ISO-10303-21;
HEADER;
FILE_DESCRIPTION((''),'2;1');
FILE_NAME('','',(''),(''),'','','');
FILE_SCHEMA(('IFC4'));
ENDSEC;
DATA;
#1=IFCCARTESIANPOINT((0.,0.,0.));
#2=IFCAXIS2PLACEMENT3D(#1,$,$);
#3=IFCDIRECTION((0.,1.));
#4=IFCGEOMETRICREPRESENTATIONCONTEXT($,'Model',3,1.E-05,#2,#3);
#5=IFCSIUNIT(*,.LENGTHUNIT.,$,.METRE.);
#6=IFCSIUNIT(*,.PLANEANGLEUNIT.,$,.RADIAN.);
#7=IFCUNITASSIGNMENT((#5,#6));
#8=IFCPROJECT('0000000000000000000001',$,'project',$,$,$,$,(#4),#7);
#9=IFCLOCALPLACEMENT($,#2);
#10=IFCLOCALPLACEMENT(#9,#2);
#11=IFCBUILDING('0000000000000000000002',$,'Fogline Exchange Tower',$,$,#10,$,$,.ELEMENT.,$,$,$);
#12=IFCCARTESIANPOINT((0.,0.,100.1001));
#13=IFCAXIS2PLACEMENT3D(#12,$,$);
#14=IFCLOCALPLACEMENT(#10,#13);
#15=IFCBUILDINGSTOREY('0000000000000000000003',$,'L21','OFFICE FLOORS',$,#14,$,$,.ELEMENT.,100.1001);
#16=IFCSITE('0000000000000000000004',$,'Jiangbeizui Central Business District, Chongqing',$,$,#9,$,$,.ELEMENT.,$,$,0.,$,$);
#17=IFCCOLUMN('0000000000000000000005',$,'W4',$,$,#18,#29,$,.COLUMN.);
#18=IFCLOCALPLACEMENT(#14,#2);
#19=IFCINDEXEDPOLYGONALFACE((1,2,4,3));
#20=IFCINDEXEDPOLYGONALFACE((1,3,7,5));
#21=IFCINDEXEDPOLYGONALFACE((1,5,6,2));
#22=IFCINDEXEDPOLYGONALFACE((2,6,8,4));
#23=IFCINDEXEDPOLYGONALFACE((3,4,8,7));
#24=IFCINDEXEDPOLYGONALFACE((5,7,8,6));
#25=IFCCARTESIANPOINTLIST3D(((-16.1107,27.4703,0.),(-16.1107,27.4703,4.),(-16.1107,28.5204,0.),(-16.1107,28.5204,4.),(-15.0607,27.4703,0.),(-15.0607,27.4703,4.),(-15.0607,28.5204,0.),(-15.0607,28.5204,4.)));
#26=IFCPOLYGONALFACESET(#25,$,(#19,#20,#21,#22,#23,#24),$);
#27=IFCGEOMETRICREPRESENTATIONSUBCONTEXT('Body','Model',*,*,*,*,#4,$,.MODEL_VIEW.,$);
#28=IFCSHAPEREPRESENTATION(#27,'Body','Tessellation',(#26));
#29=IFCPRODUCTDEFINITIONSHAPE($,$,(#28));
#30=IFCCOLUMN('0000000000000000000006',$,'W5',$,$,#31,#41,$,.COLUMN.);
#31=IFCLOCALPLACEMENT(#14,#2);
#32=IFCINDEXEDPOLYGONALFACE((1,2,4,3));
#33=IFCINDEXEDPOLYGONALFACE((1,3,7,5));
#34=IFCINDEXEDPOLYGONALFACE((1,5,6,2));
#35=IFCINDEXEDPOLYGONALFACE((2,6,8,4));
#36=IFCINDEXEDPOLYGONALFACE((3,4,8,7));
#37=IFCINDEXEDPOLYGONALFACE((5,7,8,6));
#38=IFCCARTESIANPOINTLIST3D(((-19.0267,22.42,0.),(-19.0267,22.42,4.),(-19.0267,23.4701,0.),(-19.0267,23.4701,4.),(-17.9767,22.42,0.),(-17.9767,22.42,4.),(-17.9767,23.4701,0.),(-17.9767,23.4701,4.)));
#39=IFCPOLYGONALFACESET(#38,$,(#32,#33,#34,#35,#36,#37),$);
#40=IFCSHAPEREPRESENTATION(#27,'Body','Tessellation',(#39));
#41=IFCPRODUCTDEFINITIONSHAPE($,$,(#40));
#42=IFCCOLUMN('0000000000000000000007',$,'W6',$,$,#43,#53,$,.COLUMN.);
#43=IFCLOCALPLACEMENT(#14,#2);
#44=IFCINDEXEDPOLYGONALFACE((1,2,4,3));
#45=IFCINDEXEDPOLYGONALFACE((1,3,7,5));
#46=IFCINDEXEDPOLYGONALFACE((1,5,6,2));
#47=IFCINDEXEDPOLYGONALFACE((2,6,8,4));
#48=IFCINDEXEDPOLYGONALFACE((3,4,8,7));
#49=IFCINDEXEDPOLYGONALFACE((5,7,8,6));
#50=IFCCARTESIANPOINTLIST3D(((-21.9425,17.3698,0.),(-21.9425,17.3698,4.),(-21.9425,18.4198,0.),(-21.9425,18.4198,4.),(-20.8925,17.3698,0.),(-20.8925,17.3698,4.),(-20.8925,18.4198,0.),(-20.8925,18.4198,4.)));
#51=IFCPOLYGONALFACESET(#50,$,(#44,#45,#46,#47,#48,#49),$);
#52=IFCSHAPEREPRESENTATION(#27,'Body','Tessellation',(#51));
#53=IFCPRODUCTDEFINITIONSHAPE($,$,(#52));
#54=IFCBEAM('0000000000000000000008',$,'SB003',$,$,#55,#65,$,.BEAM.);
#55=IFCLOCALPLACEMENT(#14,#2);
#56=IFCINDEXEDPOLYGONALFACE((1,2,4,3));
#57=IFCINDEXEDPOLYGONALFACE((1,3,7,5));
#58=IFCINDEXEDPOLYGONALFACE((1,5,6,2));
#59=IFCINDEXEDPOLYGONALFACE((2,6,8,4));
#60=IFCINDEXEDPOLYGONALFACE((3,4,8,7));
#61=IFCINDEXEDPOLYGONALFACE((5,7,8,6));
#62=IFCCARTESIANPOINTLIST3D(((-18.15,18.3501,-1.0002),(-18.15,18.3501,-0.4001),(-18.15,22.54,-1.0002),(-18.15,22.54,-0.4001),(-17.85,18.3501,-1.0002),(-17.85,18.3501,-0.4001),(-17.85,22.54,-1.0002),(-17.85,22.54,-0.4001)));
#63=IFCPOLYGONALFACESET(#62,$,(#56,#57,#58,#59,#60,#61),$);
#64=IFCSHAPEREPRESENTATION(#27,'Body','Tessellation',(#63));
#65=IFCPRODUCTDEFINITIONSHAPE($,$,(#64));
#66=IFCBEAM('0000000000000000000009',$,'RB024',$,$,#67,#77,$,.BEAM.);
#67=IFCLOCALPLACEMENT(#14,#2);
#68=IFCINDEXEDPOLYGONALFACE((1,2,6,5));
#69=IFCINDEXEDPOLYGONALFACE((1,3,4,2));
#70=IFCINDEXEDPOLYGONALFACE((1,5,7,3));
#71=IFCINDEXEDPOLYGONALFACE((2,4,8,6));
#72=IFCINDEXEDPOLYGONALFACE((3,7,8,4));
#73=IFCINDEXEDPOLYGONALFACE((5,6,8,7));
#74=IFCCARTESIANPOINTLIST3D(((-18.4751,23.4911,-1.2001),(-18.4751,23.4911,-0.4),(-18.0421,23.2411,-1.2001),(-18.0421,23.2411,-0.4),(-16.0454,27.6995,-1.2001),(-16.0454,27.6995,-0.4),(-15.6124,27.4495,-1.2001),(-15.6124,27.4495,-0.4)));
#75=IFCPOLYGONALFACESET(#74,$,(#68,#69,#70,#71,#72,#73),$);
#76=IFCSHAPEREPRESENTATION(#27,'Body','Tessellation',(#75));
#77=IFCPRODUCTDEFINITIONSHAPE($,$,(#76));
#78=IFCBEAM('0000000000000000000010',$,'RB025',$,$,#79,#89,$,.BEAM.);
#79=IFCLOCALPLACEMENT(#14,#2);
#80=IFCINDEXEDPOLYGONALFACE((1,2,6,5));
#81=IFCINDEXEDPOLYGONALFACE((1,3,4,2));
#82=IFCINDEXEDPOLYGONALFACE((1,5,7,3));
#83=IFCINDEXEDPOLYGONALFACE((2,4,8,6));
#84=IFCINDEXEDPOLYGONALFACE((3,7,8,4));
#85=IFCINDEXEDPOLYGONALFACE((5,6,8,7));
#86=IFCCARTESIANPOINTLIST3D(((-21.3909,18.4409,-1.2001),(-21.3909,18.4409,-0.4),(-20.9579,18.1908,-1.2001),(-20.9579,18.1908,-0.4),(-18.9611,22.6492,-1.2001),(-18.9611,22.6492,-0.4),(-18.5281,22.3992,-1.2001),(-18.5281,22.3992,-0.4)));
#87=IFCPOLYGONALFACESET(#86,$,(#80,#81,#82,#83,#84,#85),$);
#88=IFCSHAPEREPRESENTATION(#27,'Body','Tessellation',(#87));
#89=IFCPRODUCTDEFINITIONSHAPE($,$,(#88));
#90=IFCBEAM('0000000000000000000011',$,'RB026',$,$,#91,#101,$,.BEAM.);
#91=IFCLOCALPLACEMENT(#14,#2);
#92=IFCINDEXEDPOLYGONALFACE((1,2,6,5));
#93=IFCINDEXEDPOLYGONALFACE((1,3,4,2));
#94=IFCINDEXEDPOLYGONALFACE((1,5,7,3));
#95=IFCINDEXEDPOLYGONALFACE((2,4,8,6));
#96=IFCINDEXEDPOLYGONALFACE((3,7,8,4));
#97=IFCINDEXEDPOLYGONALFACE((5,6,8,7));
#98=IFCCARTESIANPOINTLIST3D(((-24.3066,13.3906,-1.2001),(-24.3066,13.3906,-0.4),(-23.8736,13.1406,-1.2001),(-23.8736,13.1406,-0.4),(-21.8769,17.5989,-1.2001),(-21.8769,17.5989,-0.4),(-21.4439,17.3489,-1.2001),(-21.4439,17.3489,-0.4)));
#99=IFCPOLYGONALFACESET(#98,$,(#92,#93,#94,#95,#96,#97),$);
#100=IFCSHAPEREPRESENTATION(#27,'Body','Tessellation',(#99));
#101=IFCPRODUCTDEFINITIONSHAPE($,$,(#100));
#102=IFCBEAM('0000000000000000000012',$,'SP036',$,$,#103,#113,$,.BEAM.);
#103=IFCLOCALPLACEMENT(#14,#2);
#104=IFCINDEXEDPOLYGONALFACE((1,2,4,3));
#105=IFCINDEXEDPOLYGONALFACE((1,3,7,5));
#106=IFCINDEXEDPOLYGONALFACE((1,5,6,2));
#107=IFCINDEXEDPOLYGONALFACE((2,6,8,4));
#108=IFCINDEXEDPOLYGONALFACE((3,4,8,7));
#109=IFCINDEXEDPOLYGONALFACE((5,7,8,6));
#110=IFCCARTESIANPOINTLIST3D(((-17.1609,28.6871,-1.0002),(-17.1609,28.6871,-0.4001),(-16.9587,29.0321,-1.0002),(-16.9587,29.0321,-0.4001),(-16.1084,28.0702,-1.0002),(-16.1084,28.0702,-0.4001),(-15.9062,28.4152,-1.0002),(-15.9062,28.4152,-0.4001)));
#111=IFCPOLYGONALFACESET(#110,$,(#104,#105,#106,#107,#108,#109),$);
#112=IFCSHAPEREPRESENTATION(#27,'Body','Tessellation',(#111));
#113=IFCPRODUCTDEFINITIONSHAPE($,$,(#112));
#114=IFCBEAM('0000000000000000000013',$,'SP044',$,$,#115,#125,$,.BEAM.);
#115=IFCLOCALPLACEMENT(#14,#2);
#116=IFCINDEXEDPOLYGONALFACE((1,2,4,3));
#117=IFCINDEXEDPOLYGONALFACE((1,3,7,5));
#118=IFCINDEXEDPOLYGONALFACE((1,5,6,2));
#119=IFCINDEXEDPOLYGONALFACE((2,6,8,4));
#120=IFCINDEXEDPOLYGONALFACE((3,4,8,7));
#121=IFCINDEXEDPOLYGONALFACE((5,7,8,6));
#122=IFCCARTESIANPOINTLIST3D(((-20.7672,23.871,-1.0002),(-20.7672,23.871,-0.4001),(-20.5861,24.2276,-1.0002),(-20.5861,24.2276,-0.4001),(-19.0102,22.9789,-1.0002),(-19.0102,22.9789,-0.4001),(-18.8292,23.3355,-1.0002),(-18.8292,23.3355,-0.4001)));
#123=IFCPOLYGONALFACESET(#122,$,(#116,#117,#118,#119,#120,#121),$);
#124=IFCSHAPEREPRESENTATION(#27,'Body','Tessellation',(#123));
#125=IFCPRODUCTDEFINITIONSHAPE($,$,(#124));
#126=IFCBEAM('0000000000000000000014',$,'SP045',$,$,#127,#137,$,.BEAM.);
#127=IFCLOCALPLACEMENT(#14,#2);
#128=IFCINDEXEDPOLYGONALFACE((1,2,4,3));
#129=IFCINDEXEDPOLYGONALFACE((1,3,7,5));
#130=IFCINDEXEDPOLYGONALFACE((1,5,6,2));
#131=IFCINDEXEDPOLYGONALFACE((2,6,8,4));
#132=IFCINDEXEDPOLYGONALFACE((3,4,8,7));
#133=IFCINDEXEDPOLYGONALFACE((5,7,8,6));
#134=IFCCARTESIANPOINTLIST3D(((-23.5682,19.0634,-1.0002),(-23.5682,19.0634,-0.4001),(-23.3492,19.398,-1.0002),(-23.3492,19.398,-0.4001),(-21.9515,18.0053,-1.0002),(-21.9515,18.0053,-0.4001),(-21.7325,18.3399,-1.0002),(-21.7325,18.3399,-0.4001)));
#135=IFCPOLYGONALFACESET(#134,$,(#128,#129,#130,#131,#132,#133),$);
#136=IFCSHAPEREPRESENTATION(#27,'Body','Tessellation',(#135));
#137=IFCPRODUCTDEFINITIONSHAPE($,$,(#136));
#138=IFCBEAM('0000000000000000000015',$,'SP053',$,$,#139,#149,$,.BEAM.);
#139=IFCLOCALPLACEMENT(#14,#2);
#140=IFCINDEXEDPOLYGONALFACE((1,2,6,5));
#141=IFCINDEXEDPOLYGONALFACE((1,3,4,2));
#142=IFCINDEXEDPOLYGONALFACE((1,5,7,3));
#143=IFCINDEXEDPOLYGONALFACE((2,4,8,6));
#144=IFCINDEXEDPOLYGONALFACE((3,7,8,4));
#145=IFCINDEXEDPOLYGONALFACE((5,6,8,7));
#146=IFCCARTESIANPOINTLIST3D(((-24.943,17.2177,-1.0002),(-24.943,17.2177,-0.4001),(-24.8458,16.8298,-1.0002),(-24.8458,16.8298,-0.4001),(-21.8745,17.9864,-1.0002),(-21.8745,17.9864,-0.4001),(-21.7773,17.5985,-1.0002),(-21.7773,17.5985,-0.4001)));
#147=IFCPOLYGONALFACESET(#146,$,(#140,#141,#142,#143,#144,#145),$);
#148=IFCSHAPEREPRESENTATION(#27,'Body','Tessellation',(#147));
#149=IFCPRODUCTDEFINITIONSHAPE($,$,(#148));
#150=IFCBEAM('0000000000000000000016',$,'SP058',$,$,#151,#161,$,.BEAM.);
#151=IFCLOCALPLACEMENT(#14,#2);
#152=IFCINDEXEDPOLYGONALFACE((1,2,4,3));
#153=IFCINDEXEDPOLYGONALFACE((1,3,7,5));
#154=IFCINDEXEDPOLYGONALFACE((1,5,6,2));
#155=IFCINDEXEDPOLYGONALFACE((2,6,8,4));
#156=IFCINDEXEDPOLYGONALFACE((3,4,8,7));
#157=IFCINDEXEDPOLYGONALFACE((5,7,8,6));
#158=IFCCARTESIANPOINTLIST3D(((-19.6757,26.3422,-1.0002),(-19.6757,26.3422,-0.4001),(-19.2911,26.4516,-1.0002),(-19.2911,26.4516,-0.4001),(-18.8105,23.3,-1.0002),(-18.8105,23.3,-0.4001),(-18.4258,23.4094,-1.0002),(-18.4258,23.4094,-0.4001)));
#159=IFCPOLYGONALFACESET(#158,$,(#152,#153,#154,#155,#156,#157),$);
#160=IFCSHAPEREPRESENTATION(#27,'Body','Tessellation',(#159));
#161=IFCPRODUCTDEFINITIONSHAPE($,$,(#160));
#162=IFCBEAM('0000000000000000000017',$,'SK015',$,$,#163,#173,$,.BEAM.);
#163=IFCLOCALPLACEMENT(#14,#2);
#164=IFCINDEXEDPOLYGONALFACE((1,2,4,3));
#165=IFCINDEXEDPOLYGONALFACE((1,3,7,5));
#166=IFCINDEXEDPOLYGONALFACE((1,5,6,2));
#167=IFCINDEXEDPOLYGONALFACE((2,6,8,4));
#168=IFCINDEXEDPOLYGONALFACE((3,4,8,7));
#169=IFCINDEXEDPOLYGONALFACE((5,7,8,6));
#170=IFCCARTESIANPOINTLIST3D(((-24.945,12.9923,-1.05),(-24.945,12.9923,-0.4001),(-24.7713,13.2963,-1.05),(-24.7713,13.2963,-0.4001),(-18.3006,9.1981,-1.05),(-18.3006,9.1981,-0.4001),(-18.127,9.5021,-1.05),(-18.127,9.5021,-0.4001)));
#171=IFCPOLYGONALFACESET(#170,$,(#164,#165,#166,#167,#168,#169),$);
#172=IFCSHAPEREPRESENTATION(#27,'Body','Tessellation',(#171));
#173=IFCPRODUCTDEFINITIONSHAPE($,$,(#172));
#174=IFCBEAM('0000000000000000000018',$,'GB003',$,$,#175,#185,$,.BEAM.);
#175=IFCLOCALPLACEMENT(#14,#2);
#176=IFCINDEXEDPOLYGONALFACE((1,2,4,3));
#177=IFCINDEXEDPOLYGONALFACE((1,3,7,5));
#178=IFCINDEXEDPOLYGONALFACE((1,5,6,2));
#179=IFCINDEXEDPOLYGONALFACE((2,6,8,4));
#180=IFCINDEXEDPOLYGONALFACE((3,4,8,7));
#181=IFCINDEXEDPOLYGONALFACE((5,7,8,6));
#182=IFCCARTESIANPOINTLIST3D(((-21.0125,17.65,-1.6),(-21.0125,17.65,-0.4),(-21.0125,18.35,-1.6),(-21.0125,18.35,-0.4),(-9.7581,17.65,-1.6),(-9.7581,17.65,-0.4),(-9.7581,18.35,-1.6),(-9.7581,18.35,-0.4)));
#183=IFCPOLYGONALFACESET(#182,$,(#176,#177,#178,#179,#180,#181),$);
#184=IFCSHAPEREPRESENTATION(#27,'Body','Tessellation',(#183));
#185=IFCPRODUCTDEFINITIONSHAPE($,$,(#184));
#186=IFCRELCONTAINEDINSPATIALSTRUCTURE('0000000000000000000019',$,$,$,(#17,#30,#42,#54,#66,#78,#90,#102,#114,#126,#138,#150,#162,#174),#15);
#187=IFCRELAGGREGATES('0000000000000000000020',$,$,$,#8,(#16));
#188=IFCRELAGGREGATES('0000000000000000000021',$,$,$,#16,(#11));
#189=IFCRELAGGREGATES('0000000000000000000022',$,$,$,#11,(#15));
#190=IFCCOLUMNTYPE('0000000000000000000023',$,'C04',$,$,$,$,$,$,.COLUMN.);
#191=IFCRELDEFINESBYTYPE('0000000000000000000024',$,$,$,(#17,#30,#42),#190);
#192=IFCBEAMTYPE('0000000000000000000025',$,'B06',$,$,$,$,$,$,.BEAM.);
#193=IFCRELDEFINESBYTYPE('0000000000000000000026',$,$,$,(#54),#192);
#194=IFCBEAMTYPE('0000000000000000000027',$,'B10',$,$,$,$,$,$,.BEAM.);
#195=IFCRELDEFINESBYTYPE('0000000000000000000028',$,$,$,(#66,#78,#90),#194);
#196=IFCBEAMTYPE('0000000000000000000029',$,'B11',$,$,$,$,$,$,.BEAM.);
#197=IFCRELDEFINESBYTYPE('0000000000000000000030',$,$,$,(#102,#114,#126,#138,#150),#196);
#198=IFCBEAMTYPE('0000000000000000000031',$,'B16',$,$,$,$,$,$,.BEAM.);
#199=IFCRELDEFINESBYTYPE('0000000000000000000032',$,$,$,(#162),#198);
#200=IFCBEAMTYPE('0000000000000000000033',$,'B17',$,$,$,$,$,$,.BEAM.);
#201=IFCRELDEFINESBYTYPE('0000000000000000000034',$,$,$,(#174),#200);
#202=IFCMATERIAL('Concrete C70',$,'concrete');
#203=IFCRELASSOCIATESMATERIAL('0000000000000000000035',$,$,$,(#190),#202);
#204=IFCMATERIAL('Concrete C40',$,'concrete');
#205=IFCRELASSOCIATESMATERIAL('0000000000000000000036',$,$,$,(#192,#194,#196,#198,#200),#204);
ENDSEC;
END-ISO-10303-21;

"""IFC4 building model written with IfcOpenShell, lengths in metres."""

from ifc_helpers import new_model, si_unit, direction, frame, origin, origin_2d, place, context, subcontext, project, spatial, rectangle, extrude, material, material_profile, profile_set, type_object, element, save


model = new_model("IFC4")

# Units and contexts
model_context = context("Model", 3, precision=1e-05, world=origin(), true_north=direction((0.0, 1.0)))
body_context = subcontext(model_context, "Body", "Model", "MODEL_VIEW")
ifc_project = project(units=[si_unit("LENGTHUNIT", "METRE"), si_unit("PLANEANGLEUNIT", "RADIAN")], contexts=[model_context])

# Site, building, storey
site_placement = place(None, origin())
site = spatial("IfcSite", under=ifc_project, at=site_placement, Name="Jiangbeizui Central Business District, Chongqing", CompositionType="ELEMENT", RefElevation=0.0)
building_placement = place(site_placement, origin())
building = spatial("IfcBuilding", under=site, at=building_placement, Name="Fogline Exchange Tower", CompositionType="ELEMENT")
storey_placement = place(building_placement, frame((0.0, 0.0, 100.1001)))
storey = spatial("IfcBuildingStorey", under=building, at=storey_placement, Name="L21", Description="OFFICE FLOORS", CompositionType="ELEMENT", Elevation=100.1001)

# Columns
ifc_material_1 = material(Name="Concrete C70", Category="concrete")
ifc_material_profile_1 = material_profile(ifc_material_1, rectangle(XDim=1.05, YDim=1.05, at=origin_2d()), Name="RC 1050x1050")
ifc_profile_set_1 = profile_set([ifc_material_profile_1], Name="Concrete C70")
column_type = type_object("IfcColumnType", Name="C04", PredefinedType="COLUMN", material=ifc_profile_set_1)
for number, where, z_axis, x_axis, name in (
    (1, (-15.5857, 27.9954, 0.0), (0.0, 0.0, 1.0), (1.0, 0.0, 0.0), "W4"),
    (2, (-18.5017, 22.9451, 0.0), (0.0, 0.0, 1.0), (1.0, 0.0, 0.0), "W5"),
    (3, (-21.4175, 17.8948, 0.0), (0.0, 0.0, 1.0), (1.0, 0.0, 0.0), "W6"),
):
    element("IfcColumn", number, at=place(storey_placement, frame(where, z_axis=z_axis, x_axis=x_axis)), inside=storey, type_object=column_type, Name=name, PredefinedType="COLUMN", context=body_context, shape_type="SweptSolid", body=[
        extrude(rectangle(XDim=1.05, YDim=1.05, at=origin_2d()), origin(), (0.0, 0.0, 1.0), 4.0),
    ])

# Beams
ifc_material_2 = material(Name="Concrete C40", Category="concrete")
ifc_material_profile_2 = material_profile(ifc_material_2, rectangle(XDim=0.3, YDim=0.6001, at=origin_2d()), Name="RC 300x600")
ifc_profile_set_2 = profile_set([ifc_material_profile_2], Name="Concrete C40")
beam_type_1 = type_object("IfcBeamType", Name="B06", PredefinedType="BEAM", material=ifc_profile_set_2)
beam_1_placement = place(storey_placement, frame((-18.0, 18.3501, -0.7002), z_axis=(0.0, 1.0, 0.0), x_axis=(-1.0, 0.0, 0.0)))
element("IfcBeam", 4, at=beam_1_placement, inside=storey, type_object=beam_type_1, Name="SB003", PredefinedType="BEAM", context=body_context, shape_type="SweptSolid", body=[
    extrude(rectangle(XDim=0.3, YDim=0.6001, at=origin_2d()), origin(), (0.0, 0.0, 1.0), 4.1899),
])
ifc_material_profile_3 = material_profile(ifc_material_2, rectangle(XDim=0.5, YDim=0.8, at=origin_2d()), Name="RC 500x800")
ifc_profile_set_3 = profile_set([ifc_material_profile_3], Name="Concrete C40")
beam_type_2 = type_object("IfcBeamType", Name="B10", PredefinedType="BEAM", material=ifc_profile_set_3)
for number, where, z_axis, x_axis, name in (
    (5, (-15.8289, 27.5745, -0.8), (-0.500008, -0.866021, 0.0), (0.866021, -0.500008, 0.0), "RB024"),
    (6, (-18.7446, 22.5242, -0.8), (-0.500008, -0.866021, 0.0), (0.866021, -0.500008, 0.0), "RB025"),
    (7, (-21.6604, 17.4739, -0.8), (-0.500008, -0.866021, 0.0), (0.866021, -0.500008, 0.0), "RB026"),
):
    element("IfcBeam", number, at=place(storey_placement, frame(where, z_axis=z_axis, x_axis=x_axis)), inside=storey, type_object=beam_type_2, Name=name, PredefinedType="BEAM", context=body_context, shape_type="SweptSolid", body=[
        extrude(rectangle(XDim=0.5, YDim=0.8, at=origin_2d()), origin(), (0.0, 0.0, 1.0), 4.8594),
    ])
ifc_material_profile_4 = material_profile(ifc_material_2, rectangle(XDim=0.3999, YDim=0.6001, at=origin_2d()), Name="RC 400x600")
ifc_profile_set_4 = profile_set([ifc_material_profile_4], Name="Concrete C40")
beam_type_3 = type_object("IfcBeamType", Name="B11", PredefinedType="BEAM", material=ifc_profile_set_4)
beam_2_placement = place(storey_placement, frame((-16.0073, 28.2427, -0.7002), z_axis=(-0.86271, 0.505699, 0.0), x_axis=(-0.505699, -0.86271, 0.0)))
element("IfcBeam", 8, at=beam_2_placement, inside=storey, type_object=beam_type_3, Name="SP036", PredefinedType="BEAM", context=body_context, shape_type="SweptSolid", body=[
    extrude(rectangle(XDim=0.3999, YDim=0.6001, at=origin_2d()), origin(), (0.0, 0.0, 1.0), 1.22),
])
beam_3_placement = place(storey_placement, frame((-18.9197, 23.1572, -0.7002), z_axis=(-0.89166, 0.452706, 0.0), x_axis=(-0.452706, -0.89166, 0.0)))
element("IfcBeam", 9, at=beam_3_placement, inside=storey, type_object=beam_type_3, Name="SP044", PredefinedType="BEAM", context=body_context, shape_type="SweptSolid", body=[
    extrude(rectangle(XDim=0.3999, YDim=0.6001, at=origin_2d()), origin(), (0.0, 0.0, 1.0), 1.9705),
])
beam_4_placement = place(storey_placement, frame((-21.842, 18.1726, -0.7002), z_axis=(-0.836725, 0.547624, 0.0), x_axis=(-0.547624, -0.836725, 0.0)))
element("IfcBeam", 10, at=beam_4_placement, inside=storey, type_object=beam_type_3, Name="SP045", PredefinedType="BEAM", context=body_context, shape_type="SweptSolid", body=[
    extrude(rectangle(XDim=0.3999, YDim=0.6001, at=origin_2d()), origin(), (0.0, 0.0, 1.0), 1.9321),
])
beam_5_placement = place(storey_placement, frame((-21.8259, 17.7925, -0.7002), z_axis=(-0.97002, -0.243026, 0.0), x_axis=(0.243026, -0.97002, 0.0)))
element("IfcBeam", 11, at=beam_5_placement, inside=storey, type_object=beam_type_3, Name="SP053", PredefinedType="BEAM", context=body_context, shape_type="SweptSolid", body=[
    extrude(rectangle(XDim=0.3999, YDim=0.6001, at=origin_2d()), origin(), (0.0, 0.0, 1.0), 3.1633),
])
beam_6_placement = place(storey_placement, frame((-18.6182, 23.3547, -0.7002), z_axis=(-0.273559, 0.961855, 0.0), x_axis=(-0.961855, -0.273559, 0.0)))
element("IfcBeam", 12, at=beam_6_placement, inside=storey, type_object=beam_type_3, Name="SP058", PredefinedType="BEAM", context=body_context, shape_type="SweptSolid", body=[
    extrude(rectangle(XDim=0.3999, YDim=0.6001, at=origin_2d()), origin(), (0.0, 0.0, 1.0), 3.1628),
])
ifc_material_profile_5 = material_profile(ifc_material_2, rectangle(XDim=0.3501, YDim=0.6499, at=origin_2d()), Name="RC 350x650")
ifc_profile_set_5 = profile_set([ifc_material_profile_5], Name="Concrete C40")
beam_type_4 = type_object("IfcBeamType", Name="B16", PredefinedType="BEAM", material=ifc_profile_set_5)
beam_7_placement = place(storey_placement, frame((-24.8582, 13.1443, -0.7251), z_axis=(0.868386, -0.495888, 0.0), x_axis=(0.495888, 0.868386, 0.0)))
element("IfcBeam", 13, at=beam_7_placement, inside=storey, type_object=beam_type_4, Name="SK015", PredefinedType="BEAM", context=body_context, shape_type="SweptSolid", body=[
    extrude(rectangle(XDim=0.3501, YDim=0.6499, at=origin_2d()), origin(), (0.0, 0.0, 1.0), 7.6514),
])
ifc_material_profile_6 = material_profile(ifc_material_2, rectangle(XDim=0.7, YDim=1.2, at=origin_2d()), Name="RC 700x1200")
ifc_profile_set_6 = profile_set([ifc_material_profile_6], Name="Concrete C40")
beam_type_5 = type_object("IfcBeamType", Name="B17", PredefinedType="BEAM", material=ifc_profile_set_6)
beam_8_placement = place(storey_placement, frame((-21.0125, 18.0, -1.0), z_axis=(1.0, 0.0, 0.0), x_axis=(0.0, 1.0, 0.0)))
element("IfcBeam", 14, at=beam_8_placement, inside=storey, type_object=beam_type_5, Name="GB003", PredefinedType="BEAM", context=body_context, shape_type="SweptSolid", body=[
    extrude(rectangle(XDim=0.7, YDim=1.2, at=origin_2d()), origin(), (0.0, 0.0, 1.0), 11.2544),
])

save(model, "model.ifc")
